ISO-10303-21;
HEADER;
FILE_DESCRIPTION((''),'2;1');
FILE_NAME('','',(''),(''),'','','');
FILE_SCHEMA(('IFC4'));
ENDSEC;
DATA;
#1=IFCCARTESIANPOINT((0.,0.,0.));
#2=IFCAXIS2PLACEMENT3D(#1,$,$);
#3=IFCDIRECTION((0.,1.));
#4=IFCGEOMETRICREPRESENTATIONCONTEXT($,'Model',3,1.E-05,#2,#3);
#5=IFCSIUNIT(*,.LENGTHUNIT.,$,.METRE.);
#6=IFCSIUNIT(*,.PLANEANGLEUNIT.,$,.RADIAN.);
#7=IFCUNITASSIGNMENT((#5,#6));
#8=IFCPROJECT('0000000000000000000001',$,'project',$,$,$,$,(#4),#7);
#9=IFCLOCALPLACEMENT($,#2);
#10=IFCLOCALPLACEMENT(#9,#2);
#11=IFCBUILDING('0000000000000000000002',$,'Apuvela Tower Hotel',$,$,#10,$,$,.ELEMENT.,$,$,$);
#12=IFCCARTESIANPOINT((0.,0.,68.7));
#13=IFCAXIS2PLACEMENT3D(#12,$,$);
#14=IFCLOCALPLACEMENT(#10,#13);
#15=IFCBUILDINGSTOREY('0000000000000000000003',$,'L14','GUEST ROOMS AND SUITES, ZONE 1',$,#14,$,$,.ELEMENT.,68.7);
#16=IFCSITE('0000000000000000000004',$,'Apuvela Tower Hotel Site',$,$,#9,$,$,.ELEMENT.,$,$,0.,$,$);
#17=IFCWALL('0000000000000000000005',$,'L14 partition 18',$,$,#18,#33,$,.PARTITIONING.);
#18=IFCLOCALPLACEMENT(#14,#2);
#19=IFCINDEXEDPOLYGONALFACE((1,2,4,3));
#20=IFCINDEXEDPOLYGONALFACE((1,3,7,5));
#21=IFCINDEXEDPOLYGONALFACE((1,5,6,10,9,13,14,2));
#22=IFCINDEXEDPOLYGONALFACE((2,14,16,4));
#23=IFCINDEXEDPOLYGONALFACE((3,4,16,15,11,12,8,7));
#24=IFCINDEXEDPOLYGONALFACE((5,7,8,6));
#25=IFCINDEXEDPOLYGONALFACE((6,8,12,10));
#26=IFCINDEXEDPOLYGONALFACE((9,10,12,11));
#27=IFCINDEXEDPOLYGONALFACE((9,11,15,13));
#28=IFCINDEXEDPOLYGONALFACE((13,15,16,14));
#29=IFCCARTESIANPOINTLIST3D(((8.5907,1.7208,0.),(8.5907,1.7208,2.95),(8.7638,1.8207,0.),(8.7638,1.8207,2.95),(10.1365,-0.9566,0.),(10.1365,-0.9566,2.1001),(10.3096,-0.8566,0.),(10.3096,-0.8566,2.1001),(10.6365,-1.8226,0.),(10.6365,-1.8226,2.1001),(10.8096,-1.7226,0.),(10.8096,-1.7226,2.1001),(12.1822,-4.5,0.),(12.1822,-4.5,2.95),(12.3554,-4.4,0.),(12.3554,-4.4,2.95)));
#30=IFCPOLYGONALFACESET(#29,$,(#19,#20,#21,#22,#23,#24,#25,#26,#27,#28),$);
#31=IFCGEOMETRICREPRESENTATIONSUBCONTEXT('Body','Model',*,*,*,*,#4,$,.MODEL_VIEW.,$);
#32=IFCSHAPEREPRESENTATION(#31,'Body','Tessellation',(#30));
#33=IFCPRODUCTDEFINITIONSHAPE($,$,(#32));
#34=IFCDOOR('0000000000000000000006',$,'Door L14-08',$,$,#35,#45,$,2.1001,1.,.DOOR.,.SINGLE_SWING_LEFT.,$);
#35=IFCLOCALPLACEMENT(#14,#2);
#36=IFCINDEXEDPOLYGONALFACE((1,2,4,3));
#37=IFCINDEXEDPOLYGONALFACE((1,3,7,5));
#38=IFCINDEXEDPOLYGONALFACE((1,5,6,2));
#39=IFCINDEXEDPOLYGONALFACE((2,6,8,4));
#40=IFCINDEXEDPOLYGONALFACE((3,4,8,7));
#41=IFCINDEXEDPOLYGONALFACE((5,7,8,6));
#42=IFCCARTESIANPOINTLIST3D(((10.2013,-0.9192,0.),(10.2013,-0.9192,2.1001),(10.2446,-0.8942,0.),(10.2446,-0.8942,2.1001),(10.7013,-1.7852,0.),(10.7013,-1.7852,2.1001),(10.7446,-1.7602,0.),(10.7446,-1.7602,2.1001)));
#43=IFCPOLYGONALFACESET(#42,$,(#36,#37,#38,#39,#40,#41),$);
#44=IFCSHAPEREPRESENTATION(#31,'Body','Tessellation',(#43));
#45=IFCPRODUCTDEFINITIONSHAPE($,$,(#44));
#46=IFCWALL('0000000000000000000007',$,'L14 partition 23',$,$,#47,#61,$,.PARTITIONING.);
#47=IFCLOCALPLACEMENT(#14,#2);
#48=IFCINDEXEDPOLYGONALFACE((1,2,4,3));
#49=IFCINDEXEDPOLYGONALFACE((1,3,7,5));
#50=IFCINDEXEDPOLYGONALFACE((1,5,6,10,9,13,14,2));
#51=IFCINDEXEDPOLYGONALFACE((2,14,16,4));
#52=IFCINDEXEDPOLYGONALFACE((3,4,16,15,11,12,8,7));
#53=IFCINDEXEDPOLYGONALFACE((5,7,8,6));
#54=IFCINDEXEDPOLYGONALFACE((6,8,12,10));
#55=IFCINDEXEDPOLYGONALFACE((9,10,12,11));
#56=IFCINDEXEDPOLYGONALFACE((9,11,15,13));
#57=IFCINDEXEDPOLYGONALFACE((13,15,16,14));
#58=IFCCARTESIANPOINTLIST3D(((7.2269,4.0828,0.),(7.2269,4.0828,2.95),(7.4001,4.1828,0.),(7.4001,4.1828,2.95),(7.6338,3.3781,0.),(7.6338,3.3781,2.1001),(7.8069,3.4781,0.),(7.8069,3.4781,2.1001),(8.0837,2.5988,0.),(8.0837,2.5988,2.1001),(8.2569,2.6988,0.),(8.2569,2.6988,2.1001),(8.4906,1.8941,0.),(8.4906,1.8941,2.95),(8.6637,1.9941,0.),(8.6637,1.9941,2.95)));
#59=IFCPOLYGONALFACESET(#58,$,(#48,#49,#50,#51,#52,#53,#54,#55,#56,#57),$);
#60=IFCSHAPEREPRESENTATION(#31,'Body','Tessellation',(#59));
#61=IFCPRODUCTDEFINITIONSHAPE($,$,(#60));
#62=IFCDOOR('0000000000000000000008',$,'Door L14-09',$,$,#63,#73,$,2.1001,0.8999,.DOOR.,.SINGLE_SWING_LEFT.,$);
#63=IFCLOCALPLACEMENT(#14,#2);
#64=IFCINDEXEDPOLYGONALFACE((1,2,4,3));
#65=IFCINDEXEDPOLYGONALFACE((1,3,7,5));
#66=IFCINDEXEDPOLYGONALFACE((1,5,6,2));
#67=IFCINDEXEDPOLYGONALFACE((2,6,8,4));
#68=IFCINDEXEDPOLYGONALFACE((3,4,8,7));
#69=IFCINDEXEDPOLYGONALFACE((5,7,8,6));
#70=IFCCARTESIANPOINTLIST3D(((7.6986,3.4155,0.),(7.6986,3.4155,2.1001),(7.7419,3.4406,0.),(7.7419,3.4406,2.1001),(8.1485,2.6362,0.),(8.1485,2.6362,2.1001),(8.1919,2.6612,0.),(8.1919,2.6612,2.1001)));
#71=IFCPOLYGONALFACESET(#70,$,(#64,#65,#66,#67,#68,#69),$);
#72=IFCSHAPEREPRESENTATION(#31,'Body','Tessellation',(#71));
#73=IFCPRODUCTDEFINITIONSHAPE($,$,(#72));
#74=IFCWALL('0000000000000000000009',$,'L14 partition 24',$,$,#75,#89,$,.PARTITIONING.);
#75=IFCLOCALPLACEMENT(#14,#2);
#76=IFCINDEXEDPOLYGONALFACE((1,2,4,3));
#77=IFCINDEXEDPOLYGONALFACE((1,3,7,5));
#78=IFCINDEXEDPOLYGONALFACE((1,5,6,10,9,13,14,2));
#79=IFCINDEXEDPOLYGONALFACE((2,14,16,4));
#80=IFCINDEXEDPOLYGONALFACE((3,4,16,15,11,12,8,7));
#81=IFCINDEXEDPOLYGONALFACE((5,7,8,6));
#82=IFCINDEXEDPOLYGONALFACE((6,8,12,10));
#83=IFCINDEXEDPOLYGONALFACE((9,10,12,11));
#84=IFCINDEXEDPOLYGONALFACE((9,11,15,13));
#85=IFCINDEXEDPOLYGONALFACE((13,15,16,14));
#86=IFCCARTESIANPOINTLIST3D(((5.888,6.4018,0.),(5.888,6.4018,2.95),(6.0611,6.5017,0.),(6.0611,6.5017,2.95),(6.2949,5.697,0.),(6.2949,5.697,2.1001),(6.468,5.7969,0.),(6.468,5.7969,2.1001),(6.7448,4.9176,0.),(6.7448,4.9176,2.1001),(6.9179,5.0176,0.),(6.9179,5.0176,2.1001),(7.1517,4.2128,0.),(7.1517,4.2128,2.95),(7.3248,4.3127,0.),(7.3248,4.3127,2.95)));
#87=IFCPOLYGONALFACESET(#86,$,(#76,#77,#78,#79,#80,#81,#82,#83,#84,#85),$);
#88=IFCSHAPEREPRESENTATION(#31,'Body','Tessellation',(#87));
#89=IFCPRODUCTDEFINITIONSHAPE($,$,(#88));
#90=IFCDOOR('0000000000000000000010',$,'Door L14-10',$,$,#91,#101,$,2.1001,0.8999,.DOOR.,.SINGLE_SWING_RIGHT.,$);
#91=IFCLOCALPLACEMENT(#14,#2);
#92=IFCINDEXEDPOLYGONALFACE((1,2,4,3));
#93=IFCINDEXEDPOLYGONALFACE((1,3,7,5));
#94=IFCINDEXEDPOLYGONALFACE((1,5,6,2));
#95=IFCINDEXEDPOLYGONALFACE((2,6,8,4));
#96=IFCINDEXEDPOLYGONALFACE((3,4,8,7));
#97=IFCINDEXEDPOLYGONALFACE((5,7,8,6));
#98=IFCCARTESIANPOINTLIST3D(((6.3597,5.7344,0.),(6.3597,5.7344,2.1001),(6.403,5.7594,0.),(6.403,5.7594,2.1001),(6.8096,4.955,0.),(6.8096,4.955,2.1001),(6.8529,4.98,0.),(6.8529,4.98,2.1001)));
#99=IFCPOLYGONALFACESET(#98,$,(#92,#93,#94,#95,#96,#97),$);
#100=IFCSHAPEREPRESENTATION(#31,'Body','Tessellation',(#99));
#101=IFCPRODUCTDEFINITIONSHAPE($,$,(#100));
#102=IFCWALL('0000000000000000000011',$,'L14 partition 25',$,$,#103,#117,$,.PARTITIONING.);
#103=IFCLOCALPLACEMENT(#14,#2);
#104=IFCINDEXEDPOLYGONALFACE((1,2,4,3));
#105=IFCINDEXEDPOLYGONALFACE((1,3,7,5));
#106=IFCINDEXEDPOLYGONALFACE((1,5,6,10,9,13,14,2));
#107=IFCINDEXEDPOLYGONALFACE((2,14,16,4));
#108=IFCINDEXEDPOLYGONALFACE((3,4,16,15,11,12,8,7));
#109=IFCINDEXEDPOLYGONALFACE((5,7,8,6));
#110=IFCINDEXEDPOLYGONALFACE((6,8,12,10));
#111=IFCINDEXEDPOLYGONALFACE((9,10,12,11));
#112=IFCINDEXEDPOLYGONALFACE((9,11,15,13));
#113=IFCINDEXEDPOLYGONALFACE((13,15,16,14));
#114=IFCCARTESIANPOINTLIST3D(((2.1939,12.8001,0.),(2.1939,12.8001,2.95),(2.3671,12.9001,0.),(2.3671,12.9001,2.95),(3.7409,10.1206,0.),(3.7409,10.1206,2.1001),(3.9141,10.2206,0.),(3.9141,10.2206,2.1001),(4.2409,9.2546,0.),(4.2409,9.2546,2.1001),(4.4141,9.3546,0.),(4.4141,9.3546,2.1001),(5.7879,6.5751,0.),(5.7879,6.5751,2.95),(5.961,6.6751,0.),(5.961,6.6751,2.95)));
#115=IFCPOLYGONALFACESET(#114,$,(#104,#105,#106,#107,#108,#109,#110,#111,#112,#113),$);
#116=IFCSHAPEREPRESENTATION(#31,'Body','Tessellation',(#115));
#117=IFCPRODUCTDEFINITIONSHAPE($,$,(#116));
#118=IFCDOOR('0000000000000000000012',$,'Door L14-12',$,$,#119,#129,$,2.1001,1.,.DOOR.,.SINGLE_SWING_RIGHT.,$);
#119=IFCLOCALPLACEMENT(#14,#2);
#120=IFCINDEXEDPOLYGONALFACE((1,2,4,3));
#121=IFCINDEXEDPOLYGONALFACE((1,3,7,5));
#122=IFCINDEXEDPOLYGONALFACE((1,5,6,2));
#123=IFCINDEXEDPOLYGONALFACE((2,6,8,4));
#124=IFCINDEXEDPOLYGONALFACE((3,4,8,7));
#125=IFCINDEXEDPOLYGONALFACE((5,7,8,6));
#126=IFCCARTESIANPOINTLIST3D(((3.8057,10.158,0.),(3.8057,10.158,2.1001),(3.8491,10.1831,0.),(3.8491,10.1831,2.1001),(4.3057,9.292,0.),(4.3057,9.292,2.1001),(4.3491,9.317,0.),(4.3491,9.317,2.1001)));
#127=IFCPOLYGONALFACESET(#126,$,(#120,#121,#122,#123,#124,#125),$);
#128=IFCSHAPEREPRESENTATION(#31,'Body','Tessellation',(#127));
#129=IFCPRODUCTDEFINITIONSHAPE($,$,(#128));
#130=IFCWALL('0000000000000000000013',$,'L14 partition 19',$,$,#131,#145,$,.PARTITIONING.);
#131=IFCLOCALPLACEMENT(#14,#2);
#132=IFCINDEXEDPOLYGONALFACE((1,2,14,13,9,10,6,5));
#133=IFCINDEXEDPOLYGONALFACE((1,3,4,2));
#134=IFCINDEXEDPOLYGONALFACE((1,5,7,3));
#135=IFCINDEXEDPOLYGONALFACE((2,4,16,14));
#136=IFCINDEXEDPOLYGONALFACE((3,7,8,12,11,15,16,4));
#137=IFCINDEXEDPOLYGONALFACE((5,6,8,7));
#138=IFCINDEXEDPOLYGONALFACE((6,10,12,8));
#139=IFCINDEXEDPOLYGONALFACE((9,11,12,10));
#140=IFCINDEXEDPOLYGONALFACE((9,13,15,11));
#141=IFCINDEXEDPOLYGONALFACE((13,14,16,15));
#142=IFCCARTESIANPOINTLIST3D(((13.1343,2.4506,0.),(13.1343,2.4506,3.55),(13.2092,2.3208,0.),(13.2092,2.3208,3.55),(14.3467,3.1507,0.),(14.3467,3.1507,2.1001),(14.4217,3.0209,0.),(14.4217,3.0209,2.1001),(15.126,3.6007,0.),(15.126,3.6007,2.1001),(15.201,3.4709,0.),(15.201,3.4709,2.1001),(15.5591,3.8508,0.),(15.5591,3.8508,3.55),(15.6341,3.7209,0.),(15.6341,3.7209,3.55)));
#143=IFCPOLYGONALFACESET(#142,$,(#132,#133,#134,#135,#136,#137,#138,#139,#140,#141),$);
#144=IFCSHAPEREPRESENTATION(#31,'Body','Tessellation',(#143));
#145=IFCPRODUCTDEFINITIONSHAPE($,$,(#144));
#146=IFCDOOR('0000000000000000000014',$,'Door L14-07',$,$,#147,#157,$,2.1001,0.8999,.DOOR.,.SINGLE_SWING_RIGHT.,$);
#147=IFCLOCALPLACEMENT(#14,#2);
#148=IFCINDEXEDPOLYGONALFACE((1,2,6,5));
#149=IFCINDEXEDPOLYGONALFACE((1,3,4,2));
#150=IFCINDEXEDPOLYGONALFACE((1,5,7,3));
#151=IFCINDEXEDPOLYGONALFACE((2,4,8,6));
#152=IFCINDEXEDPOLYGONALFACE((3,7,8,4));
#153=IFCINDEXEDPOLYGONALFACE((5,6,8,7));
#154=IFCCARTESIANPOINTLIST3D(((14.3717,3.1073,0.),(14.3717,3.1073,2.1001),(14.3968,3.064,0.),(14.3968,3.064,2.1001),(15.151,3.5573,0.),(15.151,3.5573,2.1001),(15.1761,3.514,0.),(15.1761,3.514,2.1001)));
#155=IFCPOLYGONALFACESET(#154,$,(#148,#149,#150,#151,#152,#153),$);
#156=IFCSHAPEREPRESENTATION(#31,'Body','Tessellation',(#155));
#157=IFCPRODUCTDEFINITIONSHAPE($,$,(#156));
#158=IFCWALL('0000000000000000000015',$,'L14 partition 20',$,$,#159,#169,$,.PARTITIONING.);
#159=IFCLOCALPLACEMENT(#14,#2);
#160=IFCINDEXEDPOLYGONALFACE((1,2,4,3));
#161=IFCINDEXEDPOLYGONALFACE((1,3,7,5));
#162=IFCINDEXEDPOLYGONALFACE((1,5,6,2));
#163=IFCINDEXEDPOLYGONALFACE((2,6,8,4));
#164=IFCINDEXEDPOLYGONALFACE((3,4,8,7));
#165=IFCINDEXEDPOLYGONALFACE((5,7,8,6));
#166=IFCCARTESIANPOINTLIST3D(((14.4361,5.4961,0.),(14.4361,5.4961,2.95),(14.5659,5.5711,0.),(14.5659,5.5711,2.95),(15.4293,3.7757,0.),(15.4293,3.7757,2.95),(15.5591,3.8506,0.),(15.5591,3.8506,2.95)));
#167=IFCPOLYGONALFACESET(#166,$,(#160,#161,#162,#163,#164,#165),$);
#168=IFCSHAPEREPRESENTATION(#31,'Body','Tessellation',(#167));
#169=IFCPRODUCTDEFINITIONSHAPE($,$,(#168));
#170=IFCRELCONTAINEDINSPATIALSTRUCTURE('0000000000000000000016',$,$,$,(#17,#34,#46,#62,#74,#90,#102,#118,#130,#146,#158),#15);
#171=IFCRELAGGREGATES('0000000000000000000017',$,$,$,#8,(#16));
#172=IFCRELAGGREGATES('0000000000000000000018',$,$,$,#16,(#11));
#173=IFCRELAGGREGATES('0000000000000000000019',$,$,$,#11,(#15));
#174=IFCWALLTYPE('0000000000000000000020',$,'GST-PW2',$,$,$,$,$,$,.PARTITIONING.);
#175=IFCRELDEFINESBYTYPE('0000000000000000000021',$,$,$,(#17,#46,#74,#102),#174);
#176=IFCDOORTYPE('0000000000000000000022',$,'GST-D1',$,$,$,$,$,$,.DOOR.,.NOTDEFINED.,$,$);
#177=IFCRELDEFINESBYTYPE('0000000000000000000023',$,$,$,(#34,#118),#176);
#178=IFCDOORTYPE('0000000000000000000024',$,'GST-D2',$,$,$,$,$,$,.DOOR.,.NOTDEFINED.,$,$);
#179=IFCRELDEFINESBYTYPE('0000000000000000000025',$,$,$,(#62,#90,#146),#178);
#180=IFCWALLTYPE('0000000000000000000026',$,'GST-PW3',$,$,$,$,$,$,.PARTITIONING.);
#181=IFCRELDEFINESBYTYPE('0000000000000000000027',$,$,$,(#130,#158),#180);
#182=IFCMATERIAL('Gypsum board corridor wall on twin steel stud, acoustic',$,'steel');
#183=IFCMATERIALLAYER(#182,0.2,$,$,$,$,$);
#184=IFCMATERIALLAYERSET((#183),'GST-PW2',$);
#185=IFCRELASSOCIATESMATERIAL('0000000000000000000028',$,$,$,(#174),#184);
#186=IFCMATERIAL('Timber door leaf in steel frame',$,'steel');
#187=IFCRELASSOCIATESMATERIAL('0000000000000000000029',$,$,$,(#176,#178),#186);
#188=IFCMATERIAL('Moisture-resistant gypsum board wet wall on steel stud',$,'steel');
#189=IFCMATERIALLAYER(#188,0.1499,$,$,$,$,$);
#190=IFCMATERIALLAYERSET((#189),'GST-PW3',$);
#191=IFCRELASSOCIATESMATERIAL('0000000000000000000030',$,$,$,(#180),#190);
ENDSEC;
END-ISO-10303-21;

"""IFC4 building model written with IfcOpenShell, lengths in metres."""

from ifc_helpers import new_model, si_unit, direction, frame, frame_2d, origin, place, context, subcontext, project, spatial, rectangle, extrude, material, layer, layer_set, type_object, element, fill, save


model = new_model("IFC4")

# Units and contexts
model_context = context("Model", 3, precision=1e-05, world=origin(), true_north=direction((0.0, 1.0)))
body_context = subcontext(model_context, "Body", "Model", "MODEL_VIEW")
ifc_project = project(units=[si_unit("LENGTHUNIT", "METRE"), si_unit("PLANEANGLEUNIT", "RADIAN")], contexts=[model_context])

# Site, building, storey
site_placement = place(None, origin())
site = spatial("IfcSite", under=ifc_project, at=site_placement, Name="Apuvela Tower Hotel Site", CompositionType="ELEMENT", RefElevation=0.0)
building_placement = place(site_placement, origin())
building = spatial("IfcBuilding", under=site, at=building_placement, Name="Apuvela Tower Hotel", CompositionType="ELEMENT")
storey_placement = place(building_placement, frame((0.0, 0.0, 68.7)))
storey = spatial("IfcBuildingStorey", under=building, at=storey_placement, Name="L14", Description="GUEST ROOMS AND SUITES, ZONE 1", CompositionType="ELEMENT", Elevation=68.7)

# Walls, openings, doors
ifc_material_1 = material(Name="Gypsum board corridor wall on twin steel stud, acoustic", Category="steel")
ifc_layer_1 = layer(ifc_material_1, 0.2)
ifc_layer_set_1 = layer_set([ifc_layer_1], Name="GST-PW2")
wall_type_1 = type_object("IfcWallType", Name="GST-PW2", PredefinedType="PARTITIONING", material=ifc_layer_set_1)
wall_1_placement = place(storey_placement, frame((8.6772, 1.7708, 0.0), z_axis=(0.0, 0.0, 1.0), x_axis=(0.500003, -0.866024, 0.0)))
wall_1 = element("IfcWall", 1, at=wall_1_placement, inside=storey, type_object=wall_type_1, Name="L14 partition 18", PredefinedType="PARTITIONING", context=body_context, shape_type="SweptSolid", body=[
    extrude(rectangle(XDim=7.1831, YDim=0.2, at=frame_2d((3.5916, 0.0))), origin(), (0.0, 0.0, 1.0), 2.95),
])
opening_1_placement = place(wall_1_placement, frame((3.0916, 0.0, 0.0)))
opening_1 = element("IfcOpeningElement", 2, at=opening_1_placement, cuts=wall_1, PredefinedType="OPENING", context=body_context, shape_type="SweptSolid", body=[
    extrude(rectangle(XDim=1.0, YDim=2.1001, at=frame_2d((0.5, 1.05))), frame((0.0, 0.1099, 0.0), z_axis=(0.0, -1.0, 0.0), x_axis=(1.0, 0.0, 0.0)), (0.0, 0.0, 1.0), 0.22),
])
ifc_material_2 = material(Name="Timber door leaf in steel frame", Category="steel")
door_type_1 = type_object("IfcDoorType", Name="GST-D1", OperationType="NOTDEFINED", PredefinedType="DOOR", material=ifc_material_2)
door_1_placement = place(opening_1_placement, origin())
door_1 = element("IfcDoor", 3, at=door_1_placement, inside=storey, type_object=door_type_1, Name="Door L14-08", OperationType="SINGLE_SWING_LEFT", OverallHeight=2.1001, OverallWidth=1.0, PredefinedType="DOOR", context=body_context, shape_type="SweptSolid", body=[
    extrude(rectangle(XDim=1.0, YDim=2.1001, at=frame_2d((0.5, 1.05))), frame((0.0, 0.0249, 0.0), z_axis=(0.0, -1.0, 0.0), x_axis=(1.0, 0.0, 0.0)), (0.0, 0.0, 1.0), 0.05),
])
fill(opening_1, door_1)
wall_2_placement = place(storey_placement, frame((7.3135, 4.1328, 0.0), z_axis=(0.0, 0.0, 1.0), x_axis=(0.500004, -0.866023, 0.0)))
wall_2 = element("IfcWall", 4, at=wall_2_placement, inside=storey, type_object=wall_type_1, Name="L14 partition 23", PredefinedType="PARTITIONING", context=body_context, shape_type="SweptSolid", body=[
    extrude(rectangle(XDim=2.5273, YDim=0.2, at=frame_2d((1.2637, 0.0))), origin(), (0.0, 0.0, 1.0), 2.95),
])
opening_2_placement = place(wall_2_placement, frame((0.8137, 0.0, 0.0)))
opening_2 = element("IfcOpeningElement", 5, at=opening_2_placement, cuts=wall_2, PredefinedType="OPENING", context=body_context, shape_type="SweptSolid", body=[
    extrude(rectangle(XDim=0.8999, YDim=2.1001, at=frame_2d((0.45, 1.05))), frame((0.0, 0.1099, 0.0), z_axis=(0.0, -1.0, 0.0), x_axis=(1.0, 0.0, 0.0)), (0.0, 0.0, 1.0), 0.22),
])
door_type_2 = type_object("IfcDoorType", Name="GST-D2", OperationType="NOTDEFINED", PredefinedType="DOOR", material=ifc_material_2)
door_2_placement = place(opening_2_placement, origin())
door_2 = element("IfcDoor", 6, at=door_2_placement, inside=storey, type_object=door_type_2, Name="Door L14-09", OperationType="SINGLE_SWING_LEFT", OverallHeight=2.1001, OverallWidth=0.8999, PredefinedType="DOOR", context=body_context, shape_type="SweptSolid", body=[
    extrude(rectangle(XDim=0.8999, YDim=2.1001, at=frame_2d((0.45, 1.05))), frame((0.0, 0.0249, 0.0), z_axis=(0.0, -1.0, 0.0), x_axis=(1.0, 0.0, 0.0)), (0.0, 0.0, 1.0), 0.05),
])
fill(opening_2, door_2)
wall_3_placement = place(storey_placement, frame((5.9746, 6.4517, 0.0), z_axis=(0.0, 0.0, 1.0), x_axis=(0.499962, -0.866047, 0.0)))
wall_3 = element("IfcWall", 7, at=wall_3_placement, inside=storey, type_object=wall_type_1, Name="L14 partition 24", PredefinedType="PARTITIONING", context=body_context, shape_type="SweptSolid", body=[
    extrude(rectangle(XDim=2.5276, YDim=0.2, at=frame_2d((1.2637, 0.0))), origin(), (0.0, 0.0, 1.0), 2.95),
])
opening_3_placement = place(wall_3_placement, frame((0.8137, 0.0, 0.0)))
opening_3 = element("IfcOpeningElement", 8, at=opening_3_placement, cuts=wall_3, PredefinedType="OPENING", context=body_context, shape_type="SweptSolid", body=[
    extrude(rectangle(XDim=0.8999, YDim=2.1001, at=frame_2d((0.45, 1.05))), frame((0.0, 0.1099, 0.0), z_axis=(0.0, -1.0, 0.0), x_axis=(1.0, 0.0, 0.0)), (0.0, 0.0, 1.0), 0.22),
])
door_3_placement = place(opening_3_placement, origin())
door_3 = element("IfcDoor", 9, at=door_3_placement, inside=storey, type_object=door_type_2, Name="Door L14-10", OperationType="SINGLE_SWING_RIGHT", OverallHeight=2.1001, OverallWidth=0.8999, PredefinedType="DOOR", context=body_context, shape_type="SweptSolid", body=[
    extrude(rectangle(XDim=0.8999, YDim=2.1001, at=frame_2d((0.45, 1.05))), frame((0.0, 0.0249, 0.0), z_axis=(0.0, -1.0, 0.0), x_axis=(1.0, 0.0, 0.0)), (0.0, 0.0, 1.0), 0.05),
])
fill(opening_3, door_3)
wall_4_placement = place(storey_placement, frame((2.2805, 12.8501, 0.0), z_axis=(0.0, 0.0, 1.0), x_axis=(0.499993, -0.866029, 0.0)))
wall_4 = element("IfcWall", 10, at=wall_4_placement, inside=storey, type_object=wall_type_1, Name="L14 partition 25", PredefinedType="PARTITIONING", context=body_context, shape_type="SweptSolid", body=[
    extrude(rectangle(XDim=7.188, YDim=0.2, at=frame_2d((3.594, 0.0))), origin(), (0.0, 0.0, 1.0), 2.95),
])
opening_4_placement = place(wall_4_placement, frame((3.094, 0.0, 0.0)))
opening_4 = element("IfcOpeningElement", 11, at=opening_4_placement, cuts=wall_4, PredefinedType="OPENING", context=body_context, shape_type="SweptSolid", body=[
    extrude(rectangle(XDim=1.0, YDim=2.1001, at=frame_2d((0.5, 1.05))), frame((0.0, 0.1099, 0.0), z_axis=(0.0, -1.0, 0.0), x_axis=(1.0, 0.0, 0.0)), (0.0, 0.0, 1.0), 0.22),
])
door_4_placement = place(opening_4_placement, origin())
door_4 = element("IfcDoor", 12, at=door_4_placement, inside=storey, type_object=door_type_1, Name="Door L14-12", OperationType="SINGLE_SWING_RIGHT", OverallHeight=2.1001, OverallWidth=1.0, PredefinedType="DOOR", context=body_context, shape_type="SweptSolid", body=[
    extrude(rectangle(XDim=1.0, YDim=2.1001, at=frame_2d((0.5, 1.05))), frame((0.0, 0.0249, 0.0), z_axis=(0.0, -1.0, 0.0), x_axis=(1.0, 0.0, 0.0)), (0.0, 0.0, 1.0), 0.05),
])
fill(opening_4, door_4)
ifc_material_3 = material(Name="Moisture-resistant gypsum board wet wall on steel stud", Category="steel")
ifc_layer_2 = layer(ifc_material_3, 0.1499)
ifc_layer_set_2 = layer_set([ifc_layer_2], Name="GST-PW3")
wall_type_2 = type_object("IfcWallType", Name="GST-PW3", PredefinedType="PARTITIONING", material=ifc_layer_set_2)
wall_5_placement = place(storey_placement, frame((13.1719, 2.3857, 0.0), z_axis=(0.0, 0.0, 1.0), x_axis=(0.865997, 0.50005, 0.0)))
wall_5 = element("IfcWall", 13, at=wall_5_placement, inside=storey, type_object=wall_type_2, Name="L14 partition 19", PredefinedType="PARTITIONING", context=body_context, shape_type="SweptSolid", body=[
    extrude(rectangle(XDim=2.8, YDim=0.1499, at=frame_2d((1.3999, 0.0))), origin(), (0.0, 0.0, 1.0), 3.55),
])
opening_5_placement = place(wall_5_placement, frame((1.3999, 0.0, 0.0)))
opening_5 = element("IfcOpeningElement", 14, at=opening_5_placement, cuts=wall_5, PredefinedType="OPENING", context=body_context, shape_type="SweptSolid", body=[
    extrude(rectangle(XDim=0.8999, YDim=2.1001, at=frame_2d((0.45, 1.05))), frame((0.0, 0.085, 0.0), z_axis=(0.0, -1.0, 0.0), x_axis=(1.0, 0.0, 0.0)), (0.0, 0.0, 1.0), 0.1699),
])
door_5_placement = place(opening_5_placement, origin())
door_5 = element("IfcDoor", 15, at=door_5_placement, inside=storey, type_object=door_type_2, Name="Door L14-07", OperationType="SINGLE_SWING_RIGHT", OverallHeight=2.1001, OverallWidth=0.8999, PredefinedType="DOOR", context=body_context, shape_type="SweptSolid", body=[
    extrude(rectangle(XDim=0.8999, YDim=2.1001, at=frame_2d((0.45, 1.05))), frame((0.0, 0.0249, 0.0), z_axis=(0.0, -1.0, 0.0), x_axis=(1.0, 0.0, 0.0)), (0.0, 0.0, 1.0), 0.05),
])
fill(opening_5, door_5)

# Wall
wall_6_placement = place(storey_placement, frame((15.4941, 3.8132, 0.0), z_axis=(0.0, 0.0, 1.0), x_axis=(-0.499946, 0.866057, 0.0)))
element("IfcWall", 16, at=wall_6_placement, inside=storey, type_object=wall_type_2, Name="L14 partition 20", PredefinedType="PARTITIONING", context=body_context, shape_type="SweptSolid", body=[
    extrude(rectangle(XDim=1.9866, YDim=0.1499, at=frame_2d((0.9932, 0.0))), origin(), (0.0, 0.0, 1.0), 2.95),
])

save(model, "model.ifc")
